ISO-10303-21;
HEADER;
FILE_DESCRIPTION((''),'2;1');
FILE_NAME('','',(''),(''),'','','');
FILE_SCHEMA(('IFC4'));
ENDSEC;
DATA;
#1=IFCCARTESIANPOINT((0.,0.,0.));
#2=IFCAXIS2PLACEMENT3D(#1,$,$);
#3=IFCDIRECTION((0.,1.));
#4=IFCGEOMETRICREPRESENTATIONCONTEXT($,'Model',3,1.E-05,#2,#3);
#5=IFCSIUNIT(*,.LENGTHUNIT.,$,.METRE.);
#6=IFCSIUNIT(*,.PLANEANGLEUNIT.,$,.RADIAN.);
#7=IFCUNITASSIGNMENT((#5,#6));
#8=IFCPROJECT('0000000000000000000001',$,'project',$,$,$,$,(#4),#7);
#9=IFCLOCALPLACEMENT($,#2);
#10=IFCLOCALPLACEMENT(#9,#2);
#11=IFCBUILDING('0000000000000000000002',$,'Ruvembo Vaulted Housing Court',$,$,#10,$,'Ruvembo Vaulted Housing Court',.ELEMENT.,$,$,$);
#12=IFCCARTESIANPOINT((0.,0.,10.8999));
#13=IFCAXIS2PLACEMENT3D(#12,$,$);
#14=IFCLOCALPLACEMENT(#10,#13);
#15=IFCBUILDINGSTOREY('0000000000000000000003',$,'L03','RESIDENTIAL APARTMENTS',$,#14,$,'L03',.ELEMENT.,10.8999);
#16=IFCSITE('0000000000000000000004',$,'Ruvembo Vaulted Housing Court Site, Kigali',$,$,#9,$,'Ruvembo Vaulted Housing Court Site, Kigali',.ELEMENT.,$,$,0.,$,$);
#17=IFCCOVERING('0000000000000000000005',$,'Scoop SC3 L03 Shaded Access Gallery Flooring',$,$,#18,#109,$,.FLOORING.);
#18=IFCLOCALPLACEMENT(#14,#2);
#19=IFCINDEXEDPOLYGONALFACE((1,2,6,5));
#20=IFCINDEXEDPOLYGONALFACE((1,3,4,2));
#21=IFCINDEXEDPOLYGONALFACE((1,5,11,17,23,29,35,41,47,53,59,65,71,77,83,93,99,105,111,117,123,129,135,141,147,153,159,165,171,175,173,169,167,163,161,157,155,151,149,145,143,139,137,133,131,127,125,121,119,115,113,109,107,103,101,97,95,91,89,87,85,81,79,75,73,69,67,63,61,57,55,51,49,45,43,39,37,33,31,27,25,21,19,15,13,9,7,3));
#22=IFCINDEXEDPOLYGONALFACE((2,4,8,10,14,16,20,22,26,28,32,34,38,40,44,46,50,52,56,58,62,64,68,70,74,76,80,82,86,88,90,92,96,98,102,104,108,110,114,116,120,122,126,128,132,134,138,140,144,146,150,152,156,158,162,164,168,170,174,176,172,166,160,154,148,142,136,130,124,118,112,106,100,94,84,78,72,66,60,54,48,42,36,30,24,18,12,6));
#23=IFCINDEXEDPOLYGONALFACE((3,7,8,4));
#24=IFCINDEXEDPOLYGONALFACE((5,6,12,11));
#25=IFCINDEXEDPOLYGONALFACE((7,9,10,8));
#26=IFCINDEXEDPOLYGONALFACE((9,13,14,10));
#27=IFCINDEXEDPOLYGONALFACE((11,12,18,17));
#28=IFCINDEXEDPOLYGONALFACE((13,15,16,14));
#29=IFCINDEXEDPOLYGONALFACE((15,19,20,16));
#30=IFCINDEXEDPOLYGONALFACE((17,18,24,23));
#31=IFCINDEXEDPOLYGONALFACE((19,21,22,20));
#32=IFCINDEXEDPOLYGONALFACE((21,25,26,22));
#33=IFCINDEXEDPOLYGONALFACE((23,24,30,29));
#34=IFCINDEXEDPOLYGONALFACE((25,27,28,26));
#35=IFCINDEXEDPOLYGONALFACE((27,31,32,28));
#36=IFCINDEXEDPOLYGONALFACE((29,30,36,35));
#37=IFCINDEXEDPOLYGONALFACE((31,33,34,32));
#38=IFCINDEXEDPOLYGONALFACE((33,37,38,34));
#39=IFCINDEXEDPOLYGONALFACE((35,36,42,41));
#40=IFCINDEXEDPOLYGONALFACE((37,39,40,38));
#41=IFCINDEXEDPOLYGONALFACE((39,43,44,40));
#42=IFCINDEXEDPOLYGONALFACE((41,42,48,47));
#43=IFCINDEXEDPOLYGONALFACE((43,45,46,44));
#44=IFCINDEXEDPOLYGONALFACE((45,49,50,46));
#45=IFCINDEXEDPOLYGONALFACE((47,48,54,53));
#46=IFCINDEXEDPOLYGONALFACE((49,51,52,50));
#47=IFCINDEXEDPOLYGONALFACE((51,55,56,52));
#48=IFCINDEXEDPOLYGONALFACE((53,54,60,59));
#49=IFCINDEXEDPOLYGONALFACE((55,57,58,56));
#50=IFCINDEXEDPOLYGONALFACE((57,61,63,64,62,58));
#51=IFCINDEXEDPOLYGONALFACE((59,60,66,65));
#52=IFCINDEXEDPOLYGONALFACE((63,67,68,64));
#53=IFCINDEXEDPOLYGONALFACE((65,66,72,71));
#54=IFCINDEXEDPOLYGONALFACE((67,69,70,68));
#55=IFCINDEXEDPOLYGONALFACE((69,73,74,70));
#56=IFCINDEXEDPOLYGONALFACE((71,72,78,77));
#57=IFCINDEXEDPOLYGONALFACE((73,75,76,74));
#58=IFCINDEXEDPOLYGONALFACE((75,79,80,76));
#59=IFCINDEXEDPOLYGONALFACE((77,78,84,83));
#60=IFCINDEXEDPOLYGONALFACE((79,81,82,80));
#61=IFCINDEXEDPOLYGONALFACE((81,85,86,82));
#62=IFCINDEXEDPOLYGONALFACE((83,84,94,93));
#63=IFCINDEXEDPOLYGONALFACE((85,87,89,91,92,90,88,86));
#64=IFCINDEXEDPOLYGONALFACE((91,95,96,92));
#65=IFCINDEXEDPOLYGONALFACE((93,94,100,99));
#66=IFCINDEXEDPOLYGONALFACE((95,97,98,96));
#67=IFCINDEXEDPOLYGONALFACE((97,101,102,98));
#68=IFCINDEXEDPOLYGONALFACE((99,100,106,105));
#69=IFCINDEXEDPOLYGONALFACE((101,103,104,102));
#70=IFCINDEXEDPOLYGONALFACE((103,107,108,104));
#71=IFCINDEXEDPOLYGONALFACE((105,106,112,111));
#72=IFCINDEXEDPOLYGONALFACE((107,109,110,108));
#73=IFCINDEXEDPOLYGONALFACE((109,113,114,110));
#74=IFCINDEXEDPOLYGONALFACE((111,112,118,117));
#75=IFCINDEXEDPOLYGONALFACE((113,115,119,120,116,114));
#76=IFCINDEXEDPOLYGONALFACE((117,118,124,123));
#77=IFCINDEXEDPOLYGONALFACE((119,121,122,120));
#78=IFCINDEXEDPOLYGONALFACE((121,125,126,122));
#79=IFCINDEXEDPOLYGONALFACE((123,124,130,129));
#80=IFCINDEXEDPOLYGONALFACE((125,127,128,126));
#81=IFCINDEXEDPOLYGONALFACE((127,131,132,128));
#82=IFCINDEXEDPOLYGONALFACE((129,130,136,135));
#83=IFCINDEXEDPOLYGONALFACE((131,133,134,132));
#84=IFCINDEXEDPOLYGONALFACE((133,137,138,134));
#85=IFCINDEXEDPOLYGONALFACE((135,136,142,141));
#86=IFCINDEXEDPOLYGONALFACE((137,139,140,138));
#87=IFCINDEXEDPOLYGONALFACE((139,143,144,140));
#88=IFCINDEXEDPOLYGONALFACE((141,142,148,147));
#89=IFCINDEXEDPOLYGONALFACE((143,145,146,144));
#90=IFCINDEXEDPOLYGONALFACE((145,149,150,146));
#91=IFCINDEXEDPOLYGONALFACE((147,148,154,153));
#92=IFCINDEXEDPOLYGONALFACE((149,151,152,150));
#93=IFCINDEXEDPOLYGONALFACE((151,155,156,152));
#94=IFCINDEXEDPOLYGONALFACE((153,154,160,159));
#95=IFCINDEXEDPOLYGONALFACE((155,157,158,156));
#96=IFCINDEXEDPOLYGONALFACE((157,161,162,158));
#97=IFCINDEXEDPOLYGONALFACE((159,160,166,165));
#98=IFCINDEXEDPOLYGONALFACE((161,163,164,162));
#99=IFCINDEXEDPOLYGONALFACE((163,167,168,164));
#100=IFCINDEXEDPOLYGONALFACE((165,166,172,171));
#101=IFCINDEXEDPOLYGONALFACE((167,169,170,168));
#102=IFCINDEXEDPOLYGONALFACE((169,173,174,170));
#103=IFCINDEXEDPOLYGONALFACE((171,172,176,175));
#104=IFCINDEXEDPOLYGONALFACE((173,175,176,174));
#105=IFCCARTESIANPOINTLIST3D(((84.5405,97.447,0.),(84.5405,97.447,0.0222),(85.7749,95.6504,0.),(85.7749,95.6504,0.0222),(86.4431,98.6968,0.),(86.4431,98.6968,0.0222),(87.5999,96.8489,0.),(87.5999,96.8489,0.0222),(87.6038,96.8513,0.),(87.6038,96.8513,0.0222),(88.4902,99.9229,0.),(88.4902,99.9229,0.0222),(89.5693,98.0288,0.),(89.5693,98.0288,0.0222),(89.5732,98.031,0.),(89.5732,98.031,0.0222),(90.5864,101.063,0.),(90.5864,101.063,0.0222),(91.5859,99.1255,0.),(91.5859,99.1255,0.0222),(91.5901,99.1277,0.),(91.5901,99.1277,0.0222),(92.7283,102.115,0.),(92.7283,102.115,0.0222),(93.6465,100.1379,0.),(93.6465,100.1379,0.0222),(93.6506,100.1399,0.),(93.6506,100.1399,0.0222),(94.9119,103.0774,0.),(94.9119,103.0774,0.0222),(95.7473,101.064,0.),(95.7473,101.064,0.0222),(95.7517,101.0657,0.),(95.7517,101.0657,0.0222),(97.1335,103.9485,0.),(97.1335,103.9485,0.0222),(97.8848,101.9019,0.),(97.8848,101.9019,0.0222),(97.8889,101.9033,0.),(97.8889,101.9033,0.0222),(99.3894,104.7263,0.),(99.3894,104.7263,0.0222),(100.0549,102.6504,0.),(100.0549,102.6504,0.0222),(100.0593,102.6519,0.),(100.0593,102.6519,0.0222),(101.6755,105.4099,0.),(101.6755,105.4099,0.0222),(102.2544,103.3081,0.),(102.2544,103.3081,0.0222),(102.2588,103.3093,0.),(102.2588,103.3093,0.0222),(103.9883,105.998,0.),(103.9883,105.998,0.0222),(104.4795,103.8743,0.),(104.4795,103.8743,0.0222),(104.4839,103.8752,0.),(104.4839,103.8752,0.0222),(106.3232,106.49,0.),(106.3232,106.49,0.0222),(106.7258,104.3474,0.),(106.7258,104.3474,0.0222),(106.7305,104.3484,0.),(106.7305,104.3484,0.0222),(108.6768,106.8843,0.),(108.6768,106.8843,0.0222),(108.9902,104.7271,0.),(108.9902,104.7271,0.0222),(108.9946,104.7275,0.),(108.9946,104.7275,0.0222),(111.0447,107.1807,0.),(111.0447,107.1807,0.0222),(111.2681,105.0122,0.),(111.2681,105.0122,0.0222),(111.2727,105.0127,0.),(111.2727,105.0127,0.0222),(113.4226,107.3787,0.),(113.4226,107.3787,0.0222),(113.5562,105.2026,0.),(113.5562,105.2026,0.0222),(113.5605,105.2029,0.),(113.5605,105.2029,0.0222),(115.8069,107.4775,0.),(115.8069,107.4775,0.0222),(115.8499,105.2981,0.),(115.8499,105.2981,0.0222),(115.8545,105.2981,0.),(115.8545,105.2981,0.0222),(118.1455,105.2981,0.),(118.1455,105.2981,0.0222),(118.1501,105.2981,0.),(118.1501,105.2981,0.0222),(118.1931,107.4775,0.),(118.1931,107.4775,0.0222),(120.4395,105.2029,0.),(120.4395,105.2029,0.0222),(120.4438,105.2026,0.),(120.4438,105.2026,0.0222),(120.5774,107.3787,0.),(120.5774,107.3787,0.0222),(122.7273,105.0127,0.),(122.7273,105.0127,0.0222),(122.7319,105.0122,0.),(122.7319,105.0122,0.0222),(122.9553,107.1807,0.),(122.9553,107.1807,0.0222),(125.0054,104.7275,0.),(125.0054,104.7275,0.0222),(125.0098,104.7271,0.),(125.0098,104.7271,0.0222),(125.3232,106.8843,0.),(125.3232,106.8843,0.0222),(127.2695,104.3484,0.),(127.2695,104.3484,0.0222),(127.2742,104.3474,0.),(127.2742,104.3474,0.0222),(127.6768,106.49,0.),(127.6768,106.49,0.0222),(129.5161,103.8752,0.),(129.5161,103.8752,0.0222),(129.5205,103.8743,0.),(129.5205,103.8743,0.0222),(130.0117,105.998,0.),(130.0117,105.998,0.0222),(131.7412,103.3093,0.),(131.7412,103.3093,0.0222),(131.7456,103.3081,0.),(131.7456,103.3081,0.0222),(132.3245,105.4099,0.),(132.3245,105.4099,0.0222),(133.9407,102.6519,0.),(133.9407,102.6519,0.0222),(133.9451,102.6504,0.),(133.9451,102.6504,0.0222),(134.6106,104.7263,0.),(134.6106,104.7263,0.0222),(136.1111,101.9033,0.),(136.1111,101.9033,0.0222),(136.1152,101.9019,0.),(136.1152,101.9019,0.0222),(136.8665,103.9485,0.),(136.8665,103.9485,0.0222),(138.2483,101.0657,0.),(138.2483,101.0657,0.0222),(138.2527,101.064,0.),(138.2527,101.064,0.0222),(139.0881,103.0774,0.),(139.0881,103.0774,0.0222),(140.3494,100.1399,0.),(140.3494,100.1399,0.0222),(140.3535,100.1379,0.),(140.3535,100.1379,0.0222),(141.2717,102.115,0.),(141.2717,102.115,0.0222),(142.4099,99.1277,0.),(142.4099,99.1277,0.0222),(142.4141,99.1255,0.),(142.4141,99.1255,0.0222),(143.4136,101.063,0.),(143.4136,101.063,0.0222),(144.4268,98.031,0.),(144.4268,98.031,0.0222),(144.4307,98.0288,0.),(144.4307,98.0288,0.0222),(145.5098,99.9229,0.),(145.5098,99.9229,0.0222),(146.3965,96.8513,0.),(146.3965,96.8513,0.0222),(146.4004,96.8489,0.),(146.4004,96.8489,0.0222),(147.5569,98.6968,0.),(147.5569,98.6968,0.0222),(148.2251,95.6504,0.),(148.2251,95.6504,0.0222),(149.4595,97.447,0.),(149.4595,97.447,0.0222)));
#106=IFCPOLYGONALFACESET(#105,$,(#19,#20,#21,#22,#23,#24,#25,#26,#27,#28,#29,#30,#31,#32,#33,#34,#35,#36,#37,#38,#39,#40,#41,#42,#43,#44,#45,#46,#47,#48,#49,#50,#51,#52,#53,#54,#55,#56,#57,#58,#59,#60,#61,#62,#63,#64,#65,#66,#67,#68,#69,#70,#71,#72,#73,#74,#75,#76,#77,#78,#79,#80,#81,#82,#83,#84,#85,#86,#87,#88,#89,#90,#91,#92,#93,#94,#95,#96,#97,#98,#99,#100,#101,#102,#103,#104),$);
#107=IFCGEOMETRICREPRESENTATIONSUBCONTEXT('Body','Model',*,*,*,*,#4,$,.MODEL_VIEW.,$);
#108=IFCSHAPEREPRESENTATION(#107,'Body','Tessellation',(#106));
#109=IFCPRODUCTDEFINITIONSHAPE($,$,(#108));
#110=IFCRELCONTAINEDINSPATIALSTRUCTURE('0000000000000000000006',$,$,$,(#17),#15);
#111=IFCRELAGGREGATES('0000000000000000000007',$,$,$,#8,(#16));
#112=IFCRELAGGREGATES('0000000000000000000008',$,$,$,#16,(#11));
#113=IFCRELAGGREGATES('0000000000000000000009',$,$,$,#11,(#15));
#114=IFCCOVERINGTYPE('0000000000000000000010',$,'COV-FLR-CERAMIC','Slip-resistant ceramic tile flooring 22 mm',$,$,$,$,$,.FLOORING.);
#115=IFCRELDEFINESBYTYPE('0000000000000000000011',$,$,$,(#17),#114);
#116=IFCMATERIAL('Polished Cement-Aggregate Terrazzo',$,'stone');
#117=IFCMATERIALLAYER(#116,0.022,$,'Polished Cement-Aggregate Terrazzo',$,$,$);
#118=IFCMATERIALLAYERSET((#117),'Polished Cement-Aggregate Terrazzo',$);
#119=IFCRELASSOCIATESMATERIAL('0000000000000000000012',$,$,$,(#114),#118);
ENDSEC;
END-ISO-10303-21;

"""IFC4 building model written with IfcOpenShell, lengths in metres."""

from ifc_helpers import new_model, si_unit, direction, frame, origin, place, context, subcontext, project, spatial, polyline, outline, extrude, material, layer, layer_set, type_object, element, save


model = new_model("IFC4")

# Units and contexts
model_context = context("Model", 3, precision=1e-05, world=origin(), true_north=direction((0.0, 1.0)))
body_context = subcontext(model_context, "Body", "Model", "MODEL_VIEW")
ifc_project = project(units=[si_unit("LENGTHUNIT", "METRE"), si_unit("PLANEANGLEUNIT", "RADIAN")], contexts=[model_context])

# Site, building, storey
site_placement = place(None, origin())
site = spatial("IfcSite", under=ifc_project, at=site_placement, Name="Ruvembo Vaulted Housing Court Site, Kigali", LongName="Ruvembo Vaulted Housing Court Site, Kigali", CompositionType="ELEMENT", RefElevation=0.0)
building_placement = place(site_placement, origin())
building = spatial("IfcBuilding", under=site, at=building_placement, Name="Ruvembo Vaulted Housing Court", LongName="Ruvembo Vaulted Housing Court", CompositionType="ELEMENT")
storey_placement = place(building_placement, frame((0.0, 0.0, 10.8999)))
storey = spatial("IfcBuildingStorey", under=building, at=storey_placement, Name="L03", Description="RESIDENTIAL APARTMENTS", LongName="L03", CompositionType="ELEMENT", Elevation=10.8999)

# Covering
ifc_material_1 = material(Name="Polished Cement-Aggregate Terrazzo", Category="stone")
ifc_layer_1 = layer(ifc_material_1, 0.022, Name="Polished Cement-Aggregate Terrazzo")
ifc_layer_set_1 = layer_set([ifc_layer_1], Name="Polished Cement-Aggregate Terrazzo")
covering_type_1 = type_object("IfcCoveringType", Name="COV-FLR-CERAMIC", Description="Slip-resistant ceramic tile flooring 22 mm", PredefinedType="FLOORING", material=ifc_layer_set_1)
covering_1_placement = place(storey_placement, origin())
element("IfcCovering", 1, at=covering_1_placement, inside=storey, type_object=covering_type_1, Name="Scoop SC3 L03 Shaded Access Gallery Flooring", PredefinedType="FLOORING", context=body_context, shape_type="SweptSolid", body=[
    extrude(outline(polyline([(87.5999, 96.8489), (87.6038, 96.8513), (89.5693, 98.0288), (89.5732, 98.031), (91.5859, 99.1255), (91.5901, 99.1277), (93.6465, 100.1379), (93.6506, 100.1399), (95.7473, 101.064), (95.7517, 101.0657), (97.8848, 101.9019), (97.8889, 101.9033), (100.0549, 102.6504), (100.0593, 102.6519), (102.2544, 103.3081), (102.2588, 103.3093), (104.4795, 103.8743), (104.4839, 103.8752), (106.7258, 104.3474), (106.7305, 104.3484), (108.9902, 104.7271), (108.9946, 104.7275), (111.2681, 105.0122), (111.2727, 105.0127), (113.5562, 105.2026), (113.5605, 105.2029), (115.8499, 105.2981), (115.8545, 105.2981), (118.1455, 105.2981), (118.1501, 105.2981), (120.4395, 105.2029), (120.4438, 105.2026), (122.7273, 105.0127), (122.7319, 105.0122), (125.0054, 104.7275), (125.0098, 104.7271), (127.2695, 104.3484), (127.2742, 104.3474), (129.5161, 103.8752), (129.5205, 103.8743), (131.7412, 103.3093), (131.7456, 103.3081), (133.9407, 102.6519), (133.9451, 102.6504), (136.1111, 101.9033), (136.1152, 101.9019), (138.2483, 101.0657), (138.2527, 101.064), (140.3494, 100.1399), (140.3535, 100.1379), (142.4099, 99.1277), (142.4141, 99.1255), (144.4268, 98.031), (144.4307, 98.0288), (146.3965, 96.8513), (146.4004, 96.8489), (148.2251, 95.6504), (149.4595, 97.447), (147.5569, 98.6968), (145.5098, 99.9229), (143.4136, 101.063), (141.2717, 102.115), (139.0881, 103.0774), (136.8665, 103.9485), (134.6106, 104.7263), (132.3245, 105.4099), (130.0117, 105.998), (127.6768, 106.49), (125.3232, 106.8843), (122.9553, 107.1807), (120.5774, 107.3787), (118.1931, 107.4775), (115.8069, 107.4775), (113.4226, 107.3787), (111.0447, 107.1807), (108.6768, 106.8843), (106.3232, 106.49), (103.9883, 105.998), (101.6755, 105.4099), (99.3894, 104.7263), (97.1335, 103.9485), (94.9119, 103.0774), (92.7283, 102.115), (90.5864, 101.063), (88.4902, 99.9229), (86.4431, 98.6968), (84.5405, 97.447), (85.7749, 95.6504), (87.5999, 96.8489)])), origin(), (0.0, 0.0, 1.0), 0.0222),
])

save(model, "model.ifc")
